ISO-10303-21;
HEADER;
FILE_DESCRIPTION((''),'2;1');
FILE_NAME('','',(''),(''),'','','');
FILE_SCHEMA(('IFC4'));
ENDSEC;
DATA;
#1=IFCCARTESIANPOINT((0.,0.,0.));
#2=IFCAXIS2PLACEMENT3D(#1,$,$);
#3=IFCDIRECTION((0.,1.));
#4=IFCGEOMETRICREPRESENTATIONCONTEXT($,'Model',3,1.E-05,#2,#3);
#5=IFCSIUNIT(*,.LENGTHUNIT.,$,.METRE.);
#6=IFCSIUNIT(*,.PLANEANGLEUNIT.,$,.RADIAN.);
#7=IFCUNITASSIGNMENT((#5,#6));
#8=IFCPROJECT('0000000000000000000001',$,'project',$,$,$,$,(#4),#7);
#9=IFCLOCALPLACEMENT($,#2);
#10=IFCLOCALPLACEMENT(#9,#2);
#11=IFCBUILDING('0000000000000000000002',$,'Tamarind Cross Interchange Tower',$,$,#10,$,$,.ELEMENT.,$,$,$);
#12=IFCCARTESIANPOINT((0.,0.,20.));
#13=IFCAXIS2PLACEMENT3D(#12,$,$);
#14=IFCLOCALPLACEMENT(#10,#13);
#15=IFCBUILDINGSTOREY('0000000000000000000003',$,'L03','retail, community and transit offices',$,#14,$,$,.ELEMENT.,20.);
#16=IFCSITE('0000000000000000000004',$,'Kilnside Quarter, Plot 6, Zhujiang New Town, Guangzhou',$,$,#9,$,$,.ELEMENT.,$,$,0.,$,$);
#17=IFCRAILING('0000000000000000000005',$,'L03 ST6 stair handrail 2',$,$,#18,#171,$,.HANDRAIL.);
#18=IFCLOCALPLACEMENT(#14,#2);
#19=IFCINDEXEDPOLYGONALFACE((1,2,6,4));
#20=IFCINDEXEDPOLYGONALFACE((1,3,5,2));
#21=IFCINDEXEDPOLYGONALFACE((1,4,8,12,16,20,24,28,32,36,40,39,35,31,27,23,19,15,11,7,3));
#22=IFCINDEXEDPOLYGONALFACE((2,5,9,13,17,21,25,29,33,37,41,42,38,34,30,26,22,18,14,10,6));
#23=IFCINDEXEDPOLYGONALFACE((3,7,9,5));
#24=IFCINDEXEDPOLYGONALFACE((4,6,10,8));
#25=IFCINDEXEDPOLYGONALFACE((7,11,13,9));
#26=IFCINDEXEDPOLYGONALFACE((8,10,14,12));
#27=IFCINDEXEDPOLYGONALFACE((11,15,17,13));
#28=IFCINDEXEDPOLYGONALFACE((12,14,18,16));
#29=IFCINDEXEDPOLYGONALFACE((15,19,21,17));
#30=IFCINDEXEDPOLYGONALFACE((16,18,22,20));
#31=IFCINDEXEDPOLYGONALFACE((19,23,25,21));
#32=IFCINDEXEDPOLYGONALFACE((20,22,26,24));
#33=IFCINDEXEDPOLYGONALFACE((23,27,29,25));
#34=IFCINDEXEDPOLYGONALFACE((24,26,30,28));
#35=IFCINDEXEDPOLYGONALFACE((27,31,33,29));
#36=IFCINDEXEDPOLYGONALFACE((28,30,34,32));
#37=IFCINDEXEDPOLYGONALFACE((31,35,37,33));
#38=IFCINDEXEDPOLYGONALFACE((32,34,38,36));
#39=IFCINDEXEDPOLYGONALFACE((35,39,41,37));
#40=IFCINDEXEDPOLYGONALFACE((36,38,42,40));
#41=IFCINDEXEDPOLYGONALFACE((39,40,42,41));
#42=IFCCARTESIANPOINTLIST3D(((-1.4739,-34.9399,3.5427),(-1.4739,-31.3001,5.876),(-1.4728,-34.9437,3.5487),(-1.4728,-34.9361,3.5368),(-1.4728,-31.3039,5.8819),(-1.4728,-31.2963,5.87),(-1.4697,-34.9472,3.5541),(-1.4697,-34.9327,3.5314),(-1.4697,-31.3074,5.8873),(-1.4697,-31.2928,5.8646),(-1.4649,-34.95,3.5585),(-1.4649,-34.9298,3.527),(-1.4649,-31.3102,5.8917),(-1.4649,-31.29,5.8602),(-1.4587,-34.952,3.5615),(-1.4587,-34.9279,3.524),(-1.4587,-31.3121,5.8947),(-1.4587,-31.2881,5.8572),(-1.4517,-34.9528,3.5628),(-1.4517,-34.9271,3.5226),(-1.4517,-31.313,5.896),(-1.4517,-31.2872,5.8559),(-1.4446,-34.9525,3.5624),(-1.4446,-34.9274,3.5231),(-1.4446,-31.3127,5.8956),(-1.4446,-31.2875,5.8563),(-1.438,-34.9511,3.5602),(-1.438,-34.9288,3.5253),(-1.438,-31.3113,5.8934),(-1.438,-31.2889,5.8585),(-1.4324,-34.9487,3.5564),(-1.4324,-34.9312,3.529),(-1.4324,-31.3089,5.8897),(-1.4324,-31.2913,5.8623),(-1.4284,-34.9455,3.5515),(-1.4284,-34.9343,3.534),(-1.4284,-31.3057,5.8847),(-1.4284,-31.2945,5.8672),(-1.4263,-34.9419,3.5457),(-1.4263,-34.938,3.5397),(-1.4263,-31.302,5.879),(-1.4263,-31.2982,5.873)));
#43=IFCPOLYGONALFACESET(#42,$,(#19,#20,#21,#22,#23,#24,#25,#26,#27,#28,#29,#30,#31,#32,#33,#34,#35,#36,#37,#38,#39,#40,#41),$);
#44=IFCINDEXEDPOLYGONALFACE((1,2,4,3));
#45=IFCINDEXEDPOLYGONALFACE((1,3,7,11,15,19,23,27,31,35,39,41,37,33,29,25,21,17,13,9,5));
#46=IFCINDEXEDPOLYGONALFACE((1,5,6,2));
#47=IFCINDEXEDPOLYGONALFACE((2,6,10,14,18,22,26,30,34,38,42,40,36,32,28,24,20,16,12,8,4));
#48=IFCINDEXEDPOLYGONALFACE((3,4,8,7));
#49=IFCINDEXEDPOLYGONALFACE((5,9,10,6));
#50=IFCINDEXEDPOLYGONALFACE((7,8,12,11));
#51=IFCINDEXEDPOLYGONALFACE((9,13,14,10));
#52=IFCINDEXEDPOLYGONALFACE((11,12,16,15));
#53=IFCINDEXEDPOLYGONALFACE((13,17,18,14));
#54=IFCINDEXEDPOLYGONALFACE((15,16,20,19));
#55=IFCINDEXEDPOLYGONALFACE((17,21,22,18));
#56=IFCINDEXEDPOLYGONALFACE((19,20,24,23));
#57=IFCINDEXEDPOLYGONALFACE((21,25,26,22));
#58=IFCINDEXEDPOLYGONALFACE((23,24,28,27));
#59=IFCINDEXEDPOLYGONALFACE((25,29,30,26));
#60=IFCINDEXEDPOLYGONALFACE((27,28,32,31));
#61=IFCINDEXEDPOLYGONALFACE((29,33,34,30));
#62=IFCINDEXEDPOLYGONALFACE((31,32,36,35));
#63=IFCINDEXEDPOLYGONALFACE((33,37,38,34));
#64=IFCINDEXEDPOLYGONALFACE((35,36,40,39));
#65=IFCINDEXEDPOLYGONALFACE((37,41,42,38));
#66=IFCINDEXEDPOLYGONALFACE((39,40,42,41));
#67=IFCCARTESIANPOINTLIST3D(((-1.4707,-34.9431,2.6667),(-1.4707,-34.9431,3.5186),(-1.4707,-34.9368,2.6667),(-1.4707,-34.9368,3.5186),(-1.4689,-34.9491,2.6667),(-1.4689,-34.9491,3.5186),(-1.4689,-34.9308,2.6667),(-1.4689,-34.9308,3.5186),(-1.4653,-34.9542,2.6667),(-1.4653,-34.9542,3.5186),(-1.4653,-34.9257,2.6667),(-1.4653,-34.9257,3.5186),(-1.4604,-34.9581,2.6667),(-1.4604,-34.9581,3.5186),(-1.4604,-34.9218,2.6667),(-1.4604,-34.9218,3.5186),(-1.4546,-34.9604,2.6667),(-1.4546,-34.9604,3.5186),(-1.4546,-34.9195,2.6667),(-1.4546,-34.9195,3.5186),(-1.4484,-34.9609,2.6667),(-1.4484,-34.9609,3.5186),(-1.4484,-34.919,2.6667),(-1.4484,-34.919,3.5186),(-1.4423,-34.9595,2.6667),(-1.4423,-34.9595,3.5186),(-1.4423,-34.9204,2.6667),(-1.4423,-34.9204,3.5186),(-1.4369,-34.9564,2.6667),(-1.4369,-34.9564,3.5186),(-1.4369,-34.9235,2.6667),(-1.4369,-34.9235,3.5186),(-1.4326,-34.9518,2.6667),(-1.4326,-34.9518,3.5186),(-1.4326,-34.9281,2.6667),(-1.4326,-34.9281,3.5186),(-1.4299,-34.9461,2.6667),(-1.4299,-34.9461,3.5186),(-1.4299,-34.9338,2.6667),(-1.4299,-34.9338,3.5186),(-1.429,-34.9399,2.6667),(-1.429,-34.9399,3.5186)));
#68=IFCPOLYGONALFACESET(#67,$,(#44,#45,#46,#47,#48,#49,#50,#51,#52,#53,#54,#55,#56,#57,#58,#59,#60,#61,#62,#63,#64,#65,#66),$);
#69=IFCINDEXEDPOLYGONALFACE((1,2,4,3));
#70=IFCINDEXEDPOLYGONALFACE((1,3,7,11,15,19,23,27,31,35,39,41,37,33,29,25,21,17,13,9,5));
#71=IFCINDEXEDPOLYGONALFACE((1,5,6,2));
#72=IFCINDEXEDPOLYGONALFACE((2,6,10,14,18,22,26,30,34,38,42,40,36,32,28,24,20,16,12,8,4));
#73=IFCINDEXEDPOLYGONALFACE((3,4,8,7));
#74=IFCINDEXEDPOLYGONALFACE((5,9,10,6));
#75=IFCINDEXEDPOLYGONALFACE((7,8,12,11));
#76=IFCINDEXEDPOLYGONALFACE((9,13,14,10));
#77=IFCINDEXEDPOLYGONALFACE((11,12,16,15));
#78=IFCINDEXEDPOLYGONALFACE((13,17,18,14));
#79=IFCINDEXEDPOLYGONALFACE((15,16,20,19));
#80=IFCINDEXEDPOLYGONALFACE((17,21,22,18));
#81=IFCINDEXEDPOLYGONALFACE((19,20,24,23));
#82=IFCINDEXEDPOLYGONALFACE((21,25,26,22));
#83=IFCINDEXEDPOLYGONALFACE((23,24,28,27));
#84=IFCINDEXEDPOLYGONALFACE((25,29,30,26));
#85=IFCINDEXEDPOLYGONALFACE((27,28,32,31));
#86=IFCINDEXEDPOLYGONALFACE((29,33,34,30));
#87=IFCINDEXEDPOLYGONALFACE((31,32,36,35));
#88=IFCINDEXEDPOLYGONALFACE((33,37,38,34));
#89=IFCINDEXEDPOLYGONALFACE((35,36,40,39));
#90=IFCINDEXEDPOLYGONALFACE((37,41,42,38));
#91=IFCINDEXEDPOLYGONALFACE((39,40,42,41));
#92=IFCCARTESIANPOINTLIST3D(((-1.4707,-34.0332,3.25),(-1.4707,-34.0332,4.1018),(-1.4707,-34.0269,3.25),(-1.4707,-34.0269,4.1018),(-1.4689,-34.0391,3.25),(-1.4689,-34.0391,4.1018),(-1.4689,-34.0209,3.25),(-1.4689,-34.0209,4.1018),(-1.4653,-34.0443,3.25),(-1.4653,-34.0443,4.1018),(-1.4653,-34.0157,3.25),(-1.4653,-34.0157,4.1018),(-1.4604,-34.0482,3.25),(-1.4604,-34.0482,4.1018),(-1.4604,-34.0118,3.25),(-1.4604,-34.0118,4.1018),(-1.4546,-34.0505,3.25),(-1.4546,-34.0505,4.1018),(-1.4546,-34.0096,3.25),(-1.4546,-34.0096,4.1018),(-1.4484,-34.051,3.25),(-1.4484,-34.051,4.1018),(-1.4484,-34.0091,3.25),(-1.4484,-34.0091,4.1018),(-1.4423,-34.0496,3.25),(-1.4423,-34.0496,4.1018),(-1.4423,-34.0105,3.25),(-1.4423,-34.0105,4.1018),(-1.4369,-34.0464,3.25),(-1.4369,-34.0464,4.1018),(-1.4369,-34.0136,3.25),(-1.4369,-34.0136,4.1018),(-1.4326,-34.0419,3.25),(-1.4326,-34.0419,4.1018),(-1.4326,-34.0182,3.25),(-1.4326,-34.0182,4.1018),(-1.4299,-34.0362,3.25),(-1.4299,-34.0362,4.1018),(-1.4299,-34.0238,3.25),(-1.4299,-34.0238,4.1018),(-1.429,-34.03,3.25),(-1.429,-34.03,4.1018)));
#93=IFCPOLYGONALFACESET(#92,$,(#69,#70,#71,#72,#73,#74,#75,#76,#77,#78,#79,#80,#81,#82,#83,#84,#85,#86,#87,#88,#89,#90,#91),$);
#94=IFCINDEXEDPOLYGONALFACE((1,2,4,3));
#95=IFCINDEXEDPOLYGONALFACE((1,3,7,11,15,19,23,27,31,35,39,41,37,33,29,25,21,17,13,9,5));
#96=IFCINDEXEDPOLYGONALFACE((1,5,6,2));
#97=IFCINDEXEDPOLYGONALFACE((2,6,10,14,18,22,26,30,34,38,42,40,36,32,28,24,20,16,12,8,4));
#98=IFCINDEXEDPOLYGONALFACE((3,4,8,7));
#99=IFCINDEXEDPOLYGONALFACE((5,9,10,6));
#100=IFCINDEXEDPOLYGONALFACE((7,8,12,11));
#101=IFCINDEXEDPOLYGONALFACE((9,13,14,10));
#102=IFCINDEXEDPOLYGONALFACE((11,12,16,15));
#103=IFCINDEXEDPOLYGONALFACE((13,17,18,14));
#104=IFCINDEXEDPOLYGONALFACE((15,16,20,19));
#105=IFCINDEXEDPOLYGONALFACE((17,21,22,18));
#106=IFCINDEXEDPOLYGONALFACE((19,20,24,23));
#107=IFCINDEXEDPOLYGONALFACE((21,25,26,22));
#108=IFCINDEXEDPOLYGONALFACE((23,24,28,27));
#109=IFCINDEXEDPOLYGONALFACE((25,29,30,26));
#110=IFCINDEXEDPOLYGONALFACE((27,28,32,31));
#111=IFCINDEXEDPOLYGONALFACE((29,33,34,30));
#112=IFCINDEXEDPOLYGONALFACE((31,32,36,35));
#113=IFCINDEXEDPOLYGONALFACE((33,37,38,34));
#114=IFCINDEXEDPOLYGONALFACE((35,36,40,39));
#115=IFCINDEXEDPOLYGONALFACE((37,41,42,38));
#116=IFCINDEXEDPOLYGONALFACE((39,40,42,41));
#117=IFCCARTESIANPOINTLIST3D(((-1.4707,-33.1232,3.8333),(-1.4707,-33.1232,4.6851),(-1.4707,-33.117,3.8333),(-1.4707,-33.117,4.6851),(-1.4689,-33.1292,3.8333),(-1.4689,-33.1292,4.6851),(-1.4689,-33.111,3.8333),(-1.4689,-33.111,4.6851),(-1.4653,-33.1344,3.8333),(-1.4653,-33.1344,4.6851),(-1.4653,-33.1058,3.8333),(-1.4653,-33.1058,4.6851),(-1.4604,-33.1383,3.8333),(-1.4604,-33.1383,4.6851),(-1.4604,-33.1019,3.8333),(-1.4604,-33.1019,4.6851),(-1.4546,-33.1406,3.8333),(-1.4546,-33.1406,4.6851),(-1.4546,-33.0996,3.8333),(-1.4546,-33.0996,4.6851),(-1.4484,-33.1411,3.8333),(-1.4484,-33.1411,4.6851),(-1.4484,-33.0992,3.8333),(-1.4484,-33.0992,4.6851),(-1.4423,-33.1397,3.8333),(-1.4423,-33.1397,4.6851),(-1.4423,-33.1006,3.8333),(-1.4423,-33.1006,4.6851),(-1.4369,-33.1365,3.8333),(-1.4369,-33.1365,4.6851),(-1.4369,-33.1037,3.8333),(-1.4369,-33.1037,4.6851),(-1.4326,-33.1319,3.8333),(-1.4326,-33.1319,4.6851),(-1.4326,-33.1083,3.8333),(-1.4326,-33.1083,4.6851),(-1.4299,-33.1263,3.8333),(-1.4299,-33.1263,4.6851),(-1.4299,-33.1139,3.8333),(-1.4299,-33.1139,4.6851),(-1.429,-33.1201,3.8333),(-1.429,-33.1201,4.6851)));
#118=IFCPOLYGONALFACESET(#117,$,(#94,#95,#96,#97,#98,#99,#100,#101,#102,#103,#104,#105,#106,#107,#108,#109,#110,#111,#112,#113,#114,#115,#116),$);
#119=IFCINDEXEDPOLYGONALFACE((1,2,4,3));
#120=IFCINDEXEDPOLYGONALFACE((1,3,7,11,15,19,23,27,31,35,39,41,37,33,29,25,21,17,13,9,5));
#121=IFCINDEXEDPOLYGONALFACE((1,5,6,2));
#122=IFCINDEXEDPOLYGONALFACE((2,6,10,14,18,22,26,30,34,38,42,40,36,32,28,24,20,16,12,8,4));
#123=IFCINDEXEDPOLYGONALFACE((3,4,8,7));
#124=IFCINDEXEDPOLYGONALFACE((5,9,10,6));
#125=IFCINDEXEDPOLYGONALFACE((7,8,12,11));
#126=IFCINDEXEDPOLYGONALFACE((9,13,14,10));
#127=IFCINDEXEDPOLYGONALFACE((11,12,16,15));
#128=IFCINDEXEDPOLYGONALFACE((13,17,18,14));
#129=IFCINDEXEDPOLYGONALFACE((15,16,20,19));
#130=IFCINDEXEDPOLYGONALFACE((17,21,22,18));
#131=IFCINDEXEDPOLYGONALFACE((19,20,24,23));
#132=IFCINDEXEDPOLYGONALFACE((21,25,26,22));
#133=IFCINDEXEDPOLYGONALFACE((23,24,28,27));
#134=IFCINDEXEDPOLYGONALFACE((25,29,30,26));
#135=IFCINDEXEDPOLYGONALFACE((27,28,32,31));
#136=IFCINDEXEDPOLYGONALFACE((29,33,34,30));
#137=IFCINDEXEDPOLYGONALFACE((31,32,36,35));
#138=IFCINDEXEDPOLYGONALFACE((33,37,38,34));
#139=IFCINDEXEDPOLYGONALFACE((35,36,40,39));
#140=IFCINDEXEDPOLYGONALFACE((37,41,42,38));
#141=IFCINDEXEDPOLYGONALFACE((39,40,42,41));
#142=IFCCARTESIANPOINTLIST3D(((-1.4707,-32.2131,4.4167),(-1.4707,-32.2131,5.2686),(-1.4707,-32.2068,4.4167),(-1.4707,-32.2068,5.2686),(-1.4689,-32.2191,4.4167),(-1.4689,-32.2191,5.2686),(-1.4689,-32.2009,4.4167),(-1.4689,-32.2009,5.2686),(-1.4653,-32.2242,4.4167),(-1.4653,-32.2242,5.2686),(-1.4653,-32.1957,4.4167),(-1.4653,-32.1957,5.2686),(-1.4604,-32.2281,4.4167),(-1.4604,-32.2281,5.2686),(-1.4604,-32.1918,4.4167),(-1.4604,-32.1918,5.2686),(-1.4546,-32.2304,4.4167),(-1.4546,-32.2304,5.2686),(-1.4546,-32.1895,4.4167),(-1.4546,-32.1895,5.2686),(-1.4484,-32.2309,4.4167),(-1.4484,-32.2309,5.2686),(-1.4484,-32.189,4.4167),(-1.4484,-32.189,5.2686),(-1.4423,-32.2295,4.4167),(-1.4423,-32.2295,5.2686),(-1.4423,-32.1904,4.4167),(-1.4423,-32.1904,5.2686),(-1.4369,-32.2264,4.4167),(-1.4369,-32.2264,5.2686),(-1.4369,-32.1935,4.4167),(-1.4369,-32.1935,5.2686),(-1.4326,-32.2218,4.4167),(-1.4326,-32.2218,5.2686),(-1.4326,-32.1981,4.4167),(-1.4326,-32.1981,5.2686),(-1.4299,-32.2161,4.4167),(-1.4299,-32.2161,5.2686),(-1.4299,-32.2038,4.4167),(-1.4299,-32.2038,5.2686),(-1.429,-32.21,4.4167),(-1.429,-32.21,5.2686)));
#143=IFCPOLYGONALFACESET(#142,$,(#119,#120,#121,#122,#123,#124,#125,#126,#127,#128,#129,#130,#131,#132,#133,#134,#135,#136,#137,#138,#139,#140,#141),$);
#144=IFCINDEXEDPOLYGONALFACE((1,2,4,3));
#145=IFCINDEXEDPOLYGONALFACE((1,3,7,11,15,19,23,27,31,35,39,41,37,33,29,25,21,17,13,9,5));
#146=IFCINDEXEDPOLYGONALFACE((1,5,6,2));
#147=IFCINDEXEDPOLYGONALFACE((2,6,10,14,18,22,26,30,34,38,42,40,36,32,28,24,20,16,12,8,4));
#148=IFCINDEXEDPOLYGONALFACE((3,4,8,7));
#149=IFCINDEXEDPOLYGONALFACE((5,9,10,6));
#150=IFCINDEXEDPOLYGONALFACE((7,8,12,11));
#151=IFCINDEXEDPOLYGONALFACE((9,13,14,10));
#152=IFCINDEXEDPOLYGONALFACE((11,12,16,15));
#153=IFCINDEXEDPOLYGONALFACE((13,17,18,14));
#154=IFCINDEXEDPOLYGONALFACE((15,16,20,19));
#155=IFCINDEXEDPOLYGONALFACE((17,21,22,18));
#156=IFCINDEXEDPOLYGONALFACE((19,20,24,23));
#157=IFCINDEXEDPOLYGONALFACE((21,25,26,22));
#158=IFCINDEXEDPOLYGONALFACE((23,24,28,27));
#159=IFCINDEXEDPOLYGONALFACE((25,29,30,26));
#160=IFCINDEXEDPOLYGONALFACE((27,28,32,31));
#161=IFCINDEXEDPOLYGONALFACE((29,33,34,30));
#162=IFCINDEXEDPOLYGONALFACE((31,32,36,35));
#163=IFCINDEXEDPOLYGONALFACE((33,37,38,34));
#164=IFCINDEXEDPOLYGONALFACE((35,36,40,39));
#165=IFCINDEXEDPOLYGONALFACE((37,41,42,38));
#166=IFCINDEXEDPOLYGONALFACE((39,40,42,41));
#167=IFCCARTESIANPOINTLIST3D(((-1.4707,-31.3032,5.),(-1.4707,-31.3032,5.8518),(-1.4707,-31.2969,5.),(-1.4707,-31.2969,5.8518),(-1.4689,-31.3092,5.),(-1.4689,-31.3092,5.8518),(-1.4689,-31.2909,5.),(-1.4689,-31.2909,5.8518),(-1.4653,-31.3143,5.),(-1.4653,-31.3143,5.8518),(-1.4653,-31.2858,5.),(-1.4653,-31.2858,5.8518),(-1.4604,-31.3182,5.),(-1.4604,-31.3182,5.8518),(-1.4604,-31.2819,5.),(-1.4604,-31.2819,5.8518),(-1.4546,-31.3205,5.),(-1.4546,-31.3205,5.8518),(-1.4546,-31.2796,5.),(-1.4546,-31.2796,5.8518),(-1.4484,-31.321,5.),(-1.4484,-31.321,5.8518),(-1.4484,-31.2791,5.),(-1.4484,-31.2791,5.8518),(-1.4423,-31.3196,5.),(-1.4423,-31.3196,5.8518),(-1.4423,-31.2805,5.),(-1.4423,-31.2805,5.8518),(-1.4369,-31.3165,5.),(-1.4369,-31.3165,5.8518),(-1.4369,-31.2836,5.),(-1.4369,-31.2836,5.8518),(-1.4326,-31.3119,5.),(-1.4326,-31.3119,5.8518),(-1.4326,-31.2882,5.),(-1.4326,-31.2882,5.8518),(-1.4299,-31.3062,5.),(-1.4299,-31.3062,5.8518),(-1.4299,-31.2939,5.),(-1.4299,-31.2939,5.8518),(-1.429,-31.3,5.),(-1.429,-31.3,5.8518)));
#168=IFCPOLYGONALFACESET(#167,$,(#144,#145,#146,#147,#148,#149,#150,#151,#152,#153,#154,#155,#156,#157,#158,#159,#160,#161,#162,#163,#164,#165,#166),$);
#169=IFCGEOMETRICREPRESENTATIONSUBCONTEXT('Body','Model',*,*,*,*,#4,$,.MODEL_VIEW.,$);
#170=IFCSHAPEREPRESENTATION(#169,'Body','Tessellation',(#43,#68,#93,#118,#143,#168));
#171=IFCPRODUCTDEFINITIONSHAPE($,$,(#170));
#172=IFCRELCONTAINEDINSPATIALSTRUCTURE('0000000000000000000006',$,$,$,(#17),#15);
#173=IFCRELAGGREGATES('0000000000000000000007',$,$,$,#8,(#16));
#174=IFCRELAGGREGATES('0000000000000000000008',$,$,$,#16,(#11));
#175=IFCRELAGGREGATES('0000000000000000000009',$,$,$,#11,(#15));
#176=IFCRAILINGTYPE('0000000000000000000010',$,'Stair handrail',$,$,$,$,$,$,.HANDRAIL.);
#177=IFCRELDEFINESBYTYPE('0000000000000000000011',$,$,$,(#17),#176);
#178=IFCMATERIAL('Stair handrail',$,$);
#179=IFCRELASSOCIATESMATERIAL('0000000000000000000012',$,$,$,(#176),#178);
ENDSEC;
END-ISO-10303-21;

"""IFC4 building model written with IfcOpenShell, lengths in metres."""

from ifc_helpers import new_model, si_unit, direction, frame, origin, origin_2d, place, context, subcontext, project, spatial, circle, extrude, material, type_object, element, save


model = new_model("IFC4")

# Units and contexts
model_context = context("Model", 3, precision=1e-05, world=origin(), true_north=direction((0.0, 1.0)))
body_context = subcontext(model_context, "Body", "Model", "MODEL_VIEW")
ifc_project = project(units=[si_unit("LENGTHUNIT", "METRE"), si_unit("PLANEANGLEUNIT", "RADIAN")], contexts=[model_context])

# Site, building, storey
site_placement = place(None, origin())
site = spatial("IfcSite", under=ifc_project, at=site_placement, Name="Kilnside Quarter, Plot 6, Zhujiang New Town, Guangzhou", CompositionType="ELEMENT", RefElevation=0.0)
building_placement = place(site_placement, origin())
building = spatial("IfcBuilding", under=site, at=building_placement, Name="Tamarind Cross Interchange Tower", CompositionType="ELEMENT")
storey_placement = place(building_placement, frame((0.0, 0.0, 20.0)))
storey = spatial("IfcBuildingStorey", under=building, at=storey_placement, Name="L03", Description="retail, community and transit offices", CompositionType="ELEMENT", Elevation=20.0)

# Railing
ifc_material_1 = material(Name="Stair handrail")
railing_type_1 = type_object("IfcRailingType", Name="Stair handrail", PredefinedType="HANDRAIL", material=ifc_material_1)
railing_1_placement = place(storey_placement, frame((-1.45, -34.9399, 2.6667)))
element("IfcRailing", 1, at=railing_1_placement, inside=storey, type_object=railing_type_1, Name="L03 ST6 stair handrail 2", PredefinedType="HANDRAIL", context=body_context, shape_type="SweptSolid", body=[
    extrude(circle(Radius=0.0239, at=origin_2d()), frame((0.0, 0.0, 0.876), z_axis=(0.0, 0.84188, 0.539664), x_axis=(-1.0, 0.0, 0.0)), (0.0, 0.0, 1.0), 4.3235),
    extrude(circle(Radius=0.021, at=origin_2d()), origin(), (0.0, 0.0, 1.0), 0.8518),
    extrude(circle(Radius=0.021, at=origin_2d()), frame((0.0, 0.9099, 0.5833)), (0.0, 0.0, 1.0), 0.8518),
    extrude(circle(Radius=0.021, at=origin_2d()), frame((0.0, 1.8198, 1.1665)), (0.0, 0.0, 1.0), 0.8518),
    extrude(circle(Radius=0.021, at=origin_2d()), frame((0.0, 2.73, 1.75)), (0.0, 0.0, 1.0), 0.8518),
    extrude(circle(Radius=0.021, at=origin_2d()), frame((0.0, 3.6399, 2.3333)), (0.0, 0.0, 1.0), 0.8518),
])

save(model, "model.ifc")
